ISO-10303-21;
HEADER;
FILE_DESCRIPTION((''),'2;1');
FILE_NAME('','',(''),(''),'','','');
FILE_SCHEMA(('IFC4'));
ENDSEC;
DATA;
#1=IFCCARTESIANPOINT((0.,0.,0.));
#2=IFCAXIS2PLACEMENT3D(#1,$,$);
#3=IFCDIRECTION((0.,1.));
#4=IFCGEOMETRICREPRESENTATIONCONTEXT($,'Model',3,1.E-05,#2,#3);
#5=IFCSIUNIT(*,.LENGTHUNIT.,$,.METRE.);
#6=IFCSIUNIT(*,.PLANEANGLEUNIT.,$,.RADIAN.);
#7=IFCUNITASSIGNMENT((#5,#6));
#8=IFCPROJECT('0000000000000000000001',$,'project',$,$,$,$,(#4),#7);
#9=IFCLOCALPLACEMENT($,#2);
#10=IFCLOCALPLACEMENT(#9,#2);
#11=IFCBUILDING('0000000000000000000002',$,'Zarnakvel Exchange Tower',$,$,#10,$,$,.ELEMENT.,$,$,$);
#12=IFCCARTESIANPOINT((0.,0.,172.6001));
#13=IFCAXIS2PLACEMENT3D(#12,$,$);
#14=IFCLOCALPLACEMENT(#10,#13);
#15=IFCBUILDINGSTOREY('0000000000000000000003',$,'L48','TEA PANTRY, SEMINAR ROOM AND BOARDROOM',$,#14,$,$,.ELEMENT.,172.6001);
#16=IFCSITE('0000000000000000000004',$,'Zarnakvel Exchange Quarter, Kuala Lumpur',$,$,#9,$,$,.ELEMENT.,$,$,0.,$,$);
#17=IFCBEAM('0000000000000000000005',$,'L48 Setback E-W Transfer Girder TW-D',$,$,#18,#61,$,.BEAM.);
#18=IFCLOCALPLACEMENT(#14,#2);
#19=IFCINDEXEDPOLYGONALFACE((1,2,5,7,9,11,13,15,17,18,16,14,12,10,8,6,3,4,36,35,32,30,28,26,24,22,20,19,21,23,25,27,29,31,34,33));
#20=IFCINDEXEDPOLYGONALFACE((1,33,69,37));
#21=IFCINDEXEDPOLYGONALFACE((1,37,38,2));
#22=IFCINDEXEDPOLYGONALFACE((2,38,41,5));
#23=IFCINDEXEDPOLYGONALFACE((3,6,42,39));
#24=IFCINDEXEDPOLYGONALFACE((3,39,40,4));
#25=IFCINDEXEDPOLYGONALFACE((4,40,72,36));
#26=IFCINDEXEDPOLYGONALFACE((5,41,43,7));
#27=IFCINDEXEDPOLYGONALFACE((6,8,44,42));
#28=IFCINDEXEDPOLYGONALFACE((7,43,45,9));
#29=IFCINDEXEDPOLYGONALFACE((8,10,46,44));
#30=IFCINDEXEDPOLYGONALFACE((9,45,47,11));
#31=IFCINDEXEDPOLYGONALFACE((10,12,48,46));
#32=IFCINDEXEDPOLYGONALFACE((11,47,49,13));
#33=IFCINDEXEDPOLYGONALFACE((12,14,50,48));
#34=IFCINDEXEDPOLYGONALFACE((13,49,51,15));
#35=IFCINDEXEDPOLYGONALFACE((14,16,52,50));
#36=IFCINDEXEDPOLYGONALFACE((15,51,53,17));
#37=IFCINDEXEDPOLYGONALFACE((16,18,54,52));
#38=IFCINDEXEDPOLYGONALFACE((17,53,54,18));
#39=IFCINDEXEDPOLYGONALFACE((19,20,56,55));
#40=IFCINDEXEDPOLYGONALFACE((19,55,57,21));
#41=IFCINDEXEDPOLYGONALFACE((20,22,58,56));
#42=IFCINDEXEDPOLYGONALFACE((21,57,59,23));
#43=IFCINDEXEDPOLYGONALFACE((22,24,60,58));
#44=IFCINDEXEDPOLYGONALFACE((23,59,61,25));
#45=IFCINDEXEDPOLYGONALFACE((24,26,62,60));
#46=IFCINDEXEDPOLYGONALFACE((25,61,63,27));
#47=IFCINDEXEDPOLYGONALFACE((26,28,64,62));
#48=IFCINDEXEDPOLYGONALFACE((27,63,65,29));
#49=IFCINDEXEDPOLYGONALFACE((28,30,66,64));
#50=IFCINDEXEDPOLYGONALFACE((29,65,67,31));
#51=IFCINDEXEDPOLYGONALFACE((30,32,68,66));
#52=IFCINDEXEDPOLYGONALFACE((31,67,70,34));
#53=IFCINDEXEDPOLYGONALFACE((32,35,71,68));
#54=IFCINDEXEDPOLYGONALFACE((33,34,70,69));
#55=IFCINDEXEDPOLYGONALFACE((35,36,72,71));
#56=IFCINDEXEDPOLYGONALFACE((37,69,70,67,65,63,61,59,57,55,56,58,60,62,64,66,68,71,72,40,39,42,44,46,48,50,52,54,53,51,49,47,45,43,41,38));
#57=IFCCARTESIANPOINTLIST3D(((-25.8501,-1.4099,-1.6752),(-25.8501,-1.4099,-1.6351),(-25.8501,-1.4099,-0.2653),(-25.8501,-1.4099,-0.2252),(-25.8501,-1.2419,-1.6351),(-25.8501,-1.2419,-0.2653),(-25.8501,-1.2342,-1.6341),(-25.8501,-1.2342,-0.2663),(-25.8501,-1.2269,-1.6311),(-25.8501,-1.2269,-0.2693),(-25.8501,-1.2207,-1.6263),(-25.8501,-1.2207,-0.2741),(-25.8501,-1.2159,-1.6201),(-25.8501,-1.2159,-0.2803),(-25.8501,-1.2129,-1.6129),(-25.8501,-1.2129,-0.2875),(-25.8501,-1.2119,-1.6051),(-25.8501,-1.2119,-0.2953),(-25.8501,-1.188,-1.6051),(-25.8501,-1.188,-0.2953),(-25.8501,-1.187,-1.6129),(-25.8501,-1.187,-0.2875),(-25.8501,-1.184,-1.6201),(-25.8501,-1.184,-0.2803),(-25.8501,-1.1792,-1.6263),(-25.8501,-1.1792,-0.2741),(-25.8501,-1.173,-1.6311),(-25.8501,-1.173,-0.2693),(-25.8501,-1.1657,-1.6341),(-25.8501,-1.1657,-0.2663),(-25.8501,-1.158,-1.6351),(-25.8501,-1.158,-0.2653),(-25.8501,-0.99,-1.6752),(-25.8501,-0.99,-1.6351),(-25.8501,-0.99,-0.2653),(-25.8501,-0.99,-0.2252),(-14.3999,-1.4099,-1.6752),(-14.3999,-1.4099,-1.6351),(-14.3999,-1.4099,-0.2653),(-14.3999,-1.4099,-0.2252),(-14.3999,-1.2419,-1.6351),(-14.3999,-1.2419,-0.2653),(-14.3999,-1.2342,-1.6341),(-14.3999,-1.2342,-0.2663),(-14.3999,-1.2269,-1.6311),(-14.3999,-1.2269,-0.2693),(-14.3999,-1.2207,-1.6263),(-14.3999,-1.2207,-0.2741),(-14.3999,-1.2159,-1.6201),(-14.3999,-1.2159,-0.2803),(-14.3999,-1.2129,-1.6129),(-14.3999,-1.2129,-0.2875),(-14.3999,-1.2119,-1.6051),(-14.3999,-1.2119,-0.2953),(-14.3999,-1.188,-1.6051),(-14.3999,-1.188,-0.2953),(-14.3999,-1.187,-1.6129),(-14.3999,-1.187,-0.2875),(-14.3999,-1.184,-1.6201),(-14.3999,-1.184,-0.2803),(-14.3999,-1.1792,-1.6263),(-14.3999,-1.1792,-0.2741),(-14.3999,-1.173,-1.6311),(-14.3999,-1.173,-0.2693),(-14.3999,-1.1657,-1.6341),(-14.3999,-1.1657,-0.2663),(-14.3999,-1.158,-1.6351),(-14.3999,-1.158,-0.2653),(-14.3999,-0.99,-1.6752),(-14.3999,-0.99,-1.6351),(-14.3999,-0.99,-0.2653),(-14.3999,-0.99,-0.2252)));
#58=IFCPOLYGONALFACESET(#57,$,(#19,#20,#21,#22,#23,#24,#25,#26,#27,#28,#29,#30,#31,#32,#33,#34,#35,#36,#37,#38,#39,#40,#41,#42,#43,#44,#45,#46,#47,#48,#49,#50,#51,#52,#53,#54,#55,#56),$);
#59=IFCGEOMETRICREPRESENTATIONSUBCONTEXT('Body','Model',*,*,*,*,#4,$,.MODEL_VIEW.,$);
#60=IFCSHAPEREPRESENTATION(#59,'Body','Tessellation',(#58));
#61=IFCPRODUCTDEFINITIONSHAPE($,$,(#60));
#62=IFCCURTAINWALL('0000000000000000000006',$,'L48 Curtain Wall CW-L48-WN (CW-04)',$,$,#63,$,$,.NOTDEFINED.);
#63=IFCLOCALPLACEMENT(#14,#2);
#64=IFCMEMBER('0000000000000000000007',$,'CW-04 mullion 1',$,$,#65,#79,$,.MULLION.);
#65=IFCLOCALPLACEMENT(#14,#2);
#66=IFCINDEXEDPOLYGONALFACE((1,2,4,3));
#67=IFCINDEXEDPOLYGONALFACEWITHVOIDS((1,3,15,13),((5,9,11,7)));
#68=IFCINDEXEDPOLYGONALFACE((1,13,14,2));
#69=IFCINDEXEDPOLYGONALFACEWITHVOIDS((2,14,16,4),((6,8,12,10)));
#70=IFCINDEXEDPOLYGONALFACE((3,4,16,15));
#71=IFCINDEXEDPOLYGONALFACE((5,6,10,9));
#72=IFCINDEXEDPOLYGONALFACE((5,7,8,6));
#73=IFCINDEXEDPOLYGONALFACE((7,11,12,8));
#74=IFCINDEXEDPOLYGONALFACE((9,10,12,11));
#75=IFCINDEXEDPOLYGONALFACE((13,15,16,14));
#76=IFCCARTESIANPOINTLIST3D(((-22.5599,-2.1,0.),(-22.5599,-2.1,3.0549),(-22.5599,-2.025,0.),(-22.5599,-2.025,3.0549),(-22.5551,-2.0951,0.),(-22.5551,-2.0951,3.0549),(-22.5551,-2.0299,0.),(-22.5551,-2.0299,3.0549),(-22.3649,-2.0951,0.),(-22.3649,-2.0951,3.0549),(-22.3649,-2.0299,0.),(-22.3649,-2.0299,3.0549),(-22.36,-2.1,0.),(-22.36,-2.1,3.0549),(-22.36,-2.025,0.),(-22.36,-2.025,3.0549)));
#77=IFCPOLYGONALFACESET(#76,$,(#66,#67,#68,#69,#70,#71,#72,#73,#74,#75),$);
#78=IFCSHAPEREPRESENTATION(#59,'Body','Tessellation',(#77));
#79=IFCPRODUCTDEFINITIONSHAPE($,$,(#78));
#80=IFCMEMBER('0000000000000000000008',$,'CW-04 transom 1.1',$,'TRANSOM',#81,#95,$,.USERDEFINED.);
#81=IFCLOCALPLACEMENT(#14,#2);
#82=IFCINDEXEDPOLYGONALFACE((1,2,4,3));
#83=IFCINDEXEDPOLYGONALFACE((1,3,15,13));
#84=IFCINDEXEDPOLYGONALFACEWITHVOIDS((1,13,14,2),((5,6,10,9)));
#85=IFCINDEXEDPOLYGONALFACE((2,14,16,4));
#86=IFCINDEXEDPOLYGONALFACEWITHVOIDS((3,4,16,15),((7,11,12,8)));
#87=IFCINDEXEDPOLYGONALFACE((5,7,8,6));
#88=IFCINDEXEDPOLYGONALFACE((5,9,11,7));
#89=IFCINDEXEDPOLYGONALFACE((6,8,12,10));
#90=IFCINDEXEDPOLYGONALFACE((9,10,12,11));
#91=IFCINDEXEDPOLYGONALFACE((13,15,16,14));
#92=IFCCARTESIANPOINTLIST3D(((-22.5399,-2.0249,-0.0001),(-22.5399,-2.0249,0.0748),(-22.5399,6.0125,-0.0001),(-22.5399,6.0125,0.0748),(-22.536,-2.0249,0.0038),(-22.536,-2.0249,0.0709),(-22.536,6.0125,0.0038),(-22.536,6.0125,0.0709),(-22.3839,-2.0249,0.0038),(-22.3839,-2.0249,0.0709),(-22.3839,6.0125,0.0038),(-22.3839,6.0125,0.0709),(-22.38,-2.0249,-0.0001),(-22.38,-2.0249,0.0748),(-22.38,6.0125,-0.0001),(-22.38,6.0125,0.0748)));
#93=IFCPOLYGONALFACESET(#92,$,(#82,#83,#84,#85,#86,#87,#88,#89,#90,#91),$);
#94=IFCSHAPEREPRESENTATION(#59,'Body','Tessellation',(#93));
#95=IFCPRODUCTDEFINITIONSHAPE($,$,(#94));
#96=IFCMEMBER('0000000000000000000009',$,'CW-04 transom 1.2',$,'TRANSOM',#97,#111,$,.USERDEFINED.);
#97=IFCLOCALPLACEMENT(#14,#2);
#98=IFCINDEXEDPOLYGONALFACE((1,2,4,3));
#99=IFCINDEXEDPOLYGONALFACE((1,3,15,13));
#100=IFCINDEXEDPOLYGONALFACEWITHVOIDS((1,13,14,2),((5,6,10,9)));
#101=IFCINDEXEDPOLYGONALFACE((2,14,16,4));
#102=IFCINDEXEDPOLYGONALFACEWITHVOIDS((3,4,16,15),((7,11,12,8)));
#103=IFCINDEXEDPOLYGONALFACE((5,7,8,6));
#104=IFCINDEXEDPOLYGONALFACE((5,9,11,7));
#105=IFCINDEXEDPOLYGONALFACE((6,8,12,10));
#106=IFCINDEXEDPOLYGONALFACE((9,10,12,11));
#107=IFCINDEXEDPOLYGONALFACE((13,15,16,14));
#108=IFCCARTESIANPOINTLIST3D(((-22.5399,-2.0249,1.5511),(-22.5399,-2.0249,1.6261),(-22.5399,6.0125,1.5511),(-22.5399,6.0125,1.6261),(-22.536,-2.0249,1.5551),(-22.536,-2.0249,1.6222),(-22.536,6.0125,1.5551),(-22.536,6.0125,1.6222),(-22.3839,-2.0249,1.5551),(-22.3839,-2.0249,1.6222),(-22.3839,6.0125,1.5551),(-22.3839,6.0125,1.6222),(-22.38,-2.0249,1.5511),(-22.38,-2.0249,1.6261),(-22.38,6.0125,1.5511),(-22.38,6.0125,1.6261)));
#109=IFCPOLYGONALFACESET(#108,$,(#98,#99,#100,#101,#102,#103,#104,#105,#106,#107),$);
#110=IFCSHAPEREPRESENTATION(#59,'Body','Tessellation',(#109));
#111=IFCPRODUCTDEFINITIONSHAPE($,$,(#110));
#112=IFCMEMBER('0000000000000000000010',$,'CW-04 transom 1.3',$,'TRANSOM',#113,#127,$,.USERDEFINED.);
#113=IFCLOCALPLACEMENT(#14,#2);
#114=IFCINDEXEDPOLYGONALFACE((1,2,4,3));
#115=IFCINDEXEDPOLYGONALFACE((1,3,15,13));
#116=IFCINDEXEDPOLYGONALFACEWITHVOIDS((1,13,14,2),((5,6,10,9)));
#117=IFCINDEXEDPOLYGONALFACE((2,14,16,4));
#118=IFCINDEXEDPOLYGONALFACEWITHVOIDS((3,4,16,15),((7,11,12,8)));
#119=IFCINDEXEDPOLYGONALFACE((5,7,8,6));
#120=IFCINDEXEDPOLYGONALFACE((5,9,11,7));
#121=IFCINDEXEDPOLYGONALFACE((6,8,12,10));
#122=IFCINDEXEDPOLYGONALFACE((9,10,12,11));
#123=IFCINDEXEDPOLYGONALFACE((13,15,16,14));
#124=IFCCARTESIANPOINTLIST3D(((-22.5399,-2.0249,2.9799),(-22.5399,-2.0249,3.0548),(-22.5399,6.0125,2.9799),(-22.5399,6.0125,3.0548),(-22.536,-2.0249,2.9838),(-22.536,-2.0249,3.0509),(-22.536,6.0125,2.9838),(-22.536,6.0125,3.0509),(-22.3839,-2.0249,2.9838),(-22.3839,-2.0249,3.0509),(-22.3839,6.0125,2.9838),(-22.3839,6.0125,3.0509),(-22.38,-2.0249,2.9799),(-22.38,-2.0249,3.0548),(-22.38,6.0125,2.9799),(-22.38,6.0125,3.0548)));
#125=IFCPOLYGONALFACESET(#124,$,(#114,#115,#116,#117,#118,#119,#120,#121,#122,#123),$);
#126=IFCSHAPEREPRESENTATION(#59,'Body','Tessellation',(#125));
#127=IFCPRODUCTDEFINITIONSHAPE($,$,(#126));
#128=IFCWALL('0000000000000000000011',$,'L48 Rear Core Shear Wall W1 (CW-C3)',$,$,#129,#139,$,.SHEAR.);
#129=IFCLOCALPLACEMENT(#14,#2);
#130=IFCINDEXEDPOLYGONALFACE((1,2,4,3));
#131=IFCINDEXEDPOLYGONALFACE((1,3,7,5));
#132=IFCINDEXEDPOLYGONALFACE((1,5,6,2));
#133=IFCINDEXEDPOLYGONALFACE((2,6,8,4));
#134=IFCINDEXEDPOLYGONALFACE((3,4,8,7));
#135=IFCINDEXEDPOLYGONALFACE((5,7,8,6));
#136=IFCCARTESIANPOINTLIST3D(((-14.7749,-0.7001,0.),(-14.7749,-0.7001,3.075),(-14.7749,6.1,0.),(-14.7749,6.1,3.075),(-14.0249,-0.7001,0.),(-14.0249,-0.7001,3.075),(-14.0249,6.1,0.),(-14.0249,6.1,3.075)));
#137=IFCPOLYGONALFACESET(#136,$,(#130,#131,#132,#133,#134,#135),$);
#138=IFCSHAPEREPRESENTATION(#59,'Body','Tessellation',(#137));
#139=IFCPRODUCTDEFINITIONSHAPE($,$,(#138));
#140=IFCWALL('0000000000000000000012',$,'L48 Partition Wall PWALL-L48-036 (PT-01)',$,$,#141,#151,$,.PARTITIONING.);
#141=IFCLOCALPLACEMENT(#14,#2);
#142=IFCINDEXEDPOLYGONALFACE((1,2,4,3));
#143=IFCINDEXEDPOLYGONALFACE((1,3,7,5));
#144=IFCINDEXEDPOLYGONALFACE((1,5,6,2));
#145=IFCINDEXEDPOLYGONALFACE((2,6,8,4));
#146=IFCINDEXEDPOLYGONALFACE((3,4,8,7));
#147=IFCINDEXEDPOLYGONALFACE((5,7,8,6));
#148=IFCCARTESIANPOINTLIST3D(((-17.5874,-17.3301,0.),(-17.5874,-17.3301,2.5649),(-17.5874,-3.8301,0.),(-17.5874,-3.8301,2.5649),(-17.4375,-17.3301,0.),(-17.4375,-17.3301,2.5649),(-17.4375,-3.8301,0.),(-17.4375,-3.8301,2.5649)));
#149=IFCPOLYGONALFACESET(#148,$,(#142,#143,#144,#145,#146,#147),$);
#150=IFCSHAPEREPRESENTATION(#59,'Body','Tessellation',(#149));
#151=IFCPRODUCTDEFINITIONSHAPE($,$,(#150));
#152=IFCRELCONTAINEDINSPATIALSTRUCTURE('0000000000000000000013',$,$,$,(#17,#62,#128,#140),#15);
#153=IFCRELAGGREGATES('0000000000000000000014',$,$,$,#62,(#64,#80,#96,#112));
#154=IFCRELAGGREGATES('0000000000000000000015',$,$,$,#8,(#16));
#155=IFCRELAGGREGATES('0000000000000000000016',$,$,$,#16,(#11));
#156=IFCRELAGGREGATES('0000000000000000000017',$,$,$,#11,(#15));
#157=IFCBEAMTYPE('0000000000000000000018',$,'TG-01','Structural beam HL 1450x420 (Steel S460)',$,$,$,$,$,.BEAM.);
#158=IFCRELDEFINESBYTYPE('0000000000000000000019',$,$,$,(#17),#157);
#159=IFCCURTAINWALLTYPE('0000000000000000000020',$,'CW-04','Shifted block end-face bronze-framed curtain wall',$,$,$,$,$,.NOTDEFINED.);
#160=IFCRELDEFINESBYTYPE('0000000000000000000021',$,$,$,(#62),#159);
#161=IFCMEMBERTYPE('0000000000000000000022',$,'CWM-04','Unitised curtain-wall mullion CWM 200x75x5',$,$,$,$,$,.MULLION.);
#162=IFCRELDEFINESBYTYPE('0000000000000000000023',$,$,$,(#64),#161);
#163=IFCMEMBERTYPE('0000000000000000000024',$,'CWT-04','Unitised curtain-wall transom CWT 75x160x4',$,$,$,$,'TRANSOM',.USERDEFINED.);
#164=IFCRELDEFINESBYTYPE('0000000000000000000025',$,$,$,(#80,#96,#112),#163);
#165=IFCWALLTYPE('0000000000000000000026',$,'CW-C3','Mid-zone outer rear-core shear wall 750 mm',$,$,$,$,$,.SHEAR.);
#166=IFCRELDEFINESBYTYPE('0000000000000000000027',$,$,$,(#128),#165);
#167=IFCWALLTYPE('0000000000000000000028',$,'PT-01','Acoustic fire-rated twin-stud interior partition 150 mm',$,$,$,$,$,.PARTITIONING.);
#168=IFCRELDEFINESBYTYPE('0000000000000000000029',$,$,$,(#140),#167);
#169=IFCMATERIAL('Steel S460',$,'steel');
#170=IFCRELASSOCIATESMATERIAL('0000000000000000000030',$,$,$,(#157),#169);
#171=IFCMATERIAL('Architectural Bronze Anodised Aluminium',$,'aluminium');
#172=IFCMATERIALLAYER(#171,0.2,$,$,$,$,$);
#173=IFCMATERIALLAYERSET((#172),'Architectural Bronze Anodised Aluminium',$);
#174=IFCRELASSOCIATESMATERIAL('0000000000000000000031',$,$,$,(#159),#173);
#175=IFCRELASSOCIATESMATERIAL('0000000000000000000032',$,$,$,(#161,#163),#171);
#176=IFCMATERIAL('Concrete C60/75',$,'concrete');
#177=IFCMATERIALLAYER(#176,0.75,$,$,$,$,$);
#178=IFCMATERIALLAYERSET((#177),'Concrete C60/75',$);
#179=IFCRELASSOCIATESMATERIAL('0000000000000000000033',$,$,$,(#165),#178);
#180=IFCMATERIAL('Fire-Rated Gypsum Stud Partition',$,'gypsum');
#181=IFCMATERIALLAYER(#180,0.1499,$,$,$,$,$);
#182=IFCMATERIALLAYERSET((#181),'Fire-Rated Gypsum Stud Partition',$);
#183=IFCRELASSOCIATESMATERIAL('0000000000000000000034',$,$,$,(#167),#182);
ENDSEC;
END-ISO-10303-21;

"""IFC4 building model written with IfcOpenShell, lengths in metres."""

from ifc_helpers import new_model, si_unit, direction, frame, frame_2d, origin, origin_2d, place, context, subcontext, project, spatial, rectangle, hollow_rectangle, i_section, extrude, source, transform, mapped, material, layer, layer_set, material_profile, profile_set, type_object, element, aggregate, save


model = new_model("IFC4")

# Units and contexts
model_context = context("Model", 3, precision=1e-05, world=origin(), true_north=direction((0.0, 1.0)))
body_context = subcontext(model_context, "Body", "Model", "MODEL_VIEW")
ifc_project = project(units=[si_unit("LENGTHUNIT", "METRE"), si_unit("PLANEANGLEUNIT", "RADIAN")], contexts=[model_context])

# Site, building, storey
site_placement = place(None, origin())
site = spatial("IfcSite", under=ifc_project, at=site_placement, Name="Zarnakvel Exchange Quarter, Kuala Lumpur", CompositionType="ELEMENT", RefElevation=0.0)
building_placement = place(site_placement, origin())
building = spatial("IfcBuilding", under=site, at=building_placement, Name="Zarnakvel Exchange Tower", CompositionType="ELEMENT")
storey_placement = place(building_placement, frame((0.0, 0.0, 172.6001)))
storey = spatial("IfcBuildingStorey", under=building, at=storey_placement, Name="L48", Description="TEA PANTRY, SEMINAR ROOM AND BOARDROOM", CompositionType="ELEMENT", Elevation=172.6001)

# Shared definitions
ifc_material_1 = material(Name="Concrete C60/75", Category="concrete")

# Beam
ifc_material_2 = material(Name="Steel S460", Category="steel")
ifc_material_profile_1 = material_profile(ifc_material_2, i_section(OverallWidth=0.4199, OverallDepth=1.45, WebThickness=0.0239, FlangeThickness=0.04, FilletRadius=0.03, at=origin_2d()))
ifc_profile_set_1 = profile_set([ifc_material_profile_1], Name="Steel S460")
beam_type_1 = type_object("IfcBeamType", Name="TG-01", Description="Structural beam HL 1450x420 (Steel S460)", PredefinedType="BEAM", material=ifc_profile_set_1)
beam_1_placement = place(storey_placement, frame((-25.8501, -1.2, -0.9502), z_axis=(1.0, 0.0, 0.0), x_axis=(0.0, 1.0, 0.0)))
element("IfcBeam", 1, at=beam_1_placement, inside=storey, type_object=beam_type_1, Name="L48 Setback E-W Transfer Girder TW-D", PredefinedType="BEAM", context=body_context, shape_type="SweptSolid", body=[
    extrude(i_section(OverallWidth=0.4199, OverallDepth=1.45, WebThickness=0.0239, FlangeThickness=0.04, FilletRadius=0.03, at=origin_2d()), origin(), (0.0, 0.0, 1.0), 11.4502),
])

# Curtain wall, members
ifc_material_3 = material(Name="Architectural Bronze Anodised Aluminium", Category="aluminium")
ifc_layer_1 = layer(ifc_material_3, 0.2)
ifc_layer_set_1 = layer_set([ifc_layer_1], Name="Architectural Bronze Anodised Aluminium")
curtain_wall_type = type_object("IfcCurtainWallType", Name="CW-04", Description="Shifted block end-face bronze-framed curtain wall", PredefinedType="NOTDEFINED", material=ifc_layer_set_1)
curtain_wall_placement = place(storey_placement, origin())
curtain_wall = element("IfcCurtainWall", 2, at=curtain_wall_placement, inside=storey, type_object=curtain_wall_type, Name="L48 Curtain Wall CW-L48-WN (CW-04)", PredefinedType="NOTDEFINED")
ifc_material_profile_2 = material_profile(ifc_material_3, hollow_rectangle(XDim=0.2, YDim=0.075, WallThickness=0.0049, at=origin_2d()))
ifc_profile_set_2 = profile_set([ifc_material_profile_2], Name="Architectural Bronze Anodised Aluminium")
member_type_1 = type_object("IfcMemberType", Name="CWM-04", Description="Unitised curtain-wall mullion CWM 200x75x5", PredefinedType="MULLION", material=ifc_profile_set_2)
shared_shape_1 = source(origin(), body_context, "Body", "SweptSolid", [
    extrude(hollow_rectangle(XDim=0.2, YDim=0.075, WallThickness=0.0049, at=origin_2d()), origin(), (0.0, 0.0, 1.0), 3.0549),
])
member_1_placement = place(storey_placement, frame((-22.46, -2.0625, 0.0), z_axis=(0.0, 0.0, 1.0), x_axis=(-1.0, 0.0, 0.0)))
member_1 = element("IfcMember", 3, at=member_1_placement, type_object=member_type_1, Name="CW-04 mullion 1", PredefinedType="MULLION", context=body_context, shape_type="MappedRepresentation", body=[
    mapped(shared_shape_1, transform((0.0, 0.0, 0.0), x_axis=(1.0, 0.0, 0.0), y_axis=(0.0, 1.0, 0.0), z_axis=(0.0, 0.0, 1.0), scale=1.0)),
])
ifc_material_profile_3 = material_profile(ifc_material_3, hollow_rectangle(XDim=0.1599, YDim=0.075, WallThickness=0.0039, at=origin_2d()))
ifc_profile_set_3 = profile_set([ifc_material_profile_3], Name="Architectural Bronze Anodised Aluminium")
member_type_2 = type_object("IfcMemberType", Name="CWT-04", Description="Unitised curtain-wall transom CWT 75x160x4", ElementType="TRANSOM", PredefinedType="USERDEFINED", material=ifc_profile_set_3)
shared_shape_2 = source(origin(), body_context, "Body", "SweptSolid", [
    extrude(hollow_rectangle(XDim=0.1599, YDim=0.075, WallThickness=0.0039, at=origin_2d()), origin(), (0.0, 0.0, 1.0), 8.0374),
])
member_2_placement = place(storey_placement, frame((-22.46, -2.0249, 0.0374), z_axis=(0.0, 1.0, 0.0), x_axis=(-1.0, 0.0, 0.0)))
member_2 = element("IfcMember", 4, at=member_2_placement, type_object=member_type_2, Name="CW-04 transom 1.1", ObjectType="TRANSOM", PredefinedType="USERDEFINED", context=body_context, shape_type="MappedRepresentation", body=[
    mapped(shared_shape_2, transform((0.0, 0.0, 0.0), x_axis=(1.0, 0.0, 0.0), y_axis=(0.0, 1.0, 0.0), z_axis=(0.0, 0.0, 1.0), scale=1.0)),
])
member_3_placement = place(storey_placement, frame((-22.46, -2.0249, 1.5886), z_axis=(0.0, 1.0, 0.0), x_axis=(-1.0, 0.0, 0.0)))
member_3 = element("IfcMember", 5, at=member_3_placement, type_object=member_type_2, Name="CW-04 transom 1.2", ObjectType="TRANSOM", PredefinedType="USERDEFINED", context=body_context, shape_type="MappedRepresentation", body=[
    mapped(shared_shape_2, transform((0.0, 0.0, 0.0), x_axis=(1.0, 0.0, 0.0), y_axis=(0.0, 1.0, 0.0), z_axis=(0.0, 0.0, 1.0), scale=1.0)),
])
member_4_placement = place(storey_placement, frame((-22.46, -2.0249, 3.0173), z_axis=(0.0, 1.0, 0.0), x_axis=(-1.0, 0.0, 0.0)))
member_4 = element("IfcMember", 6, at=member_4_placement, type_object=member_type_2, Name="CW-04 transom 1.3", ObjectType="TRANSOM", PredefinedType="USERDEFINED", context=body_context, shape_type="MappedRepresentation", body=[
    mapped(shared_shape_2, transform((0.0, 0.0, 0.0), x_axis=(1.0, 0.0, 0.0), y_axis=(0.0, 1.0, 0.0), z_axis=(0.0, 0.0, 1.0), scale=1.0)),
])
aggregate(curtain_wall, [member_1, member_2, member_3, member_4])

# Wall
ifc_layer_2 = layer(ifc_material_1, 0.75)
ifc_layer_set_2 = layer_set([ifc_layer_2], Name="Concrete C60/75")
wall_type_1 = type_object("IfcWallType", Name="CW-C3", Description="Mid-zone outer rear-core shear wall 750 mm", PredefinedType="SHEAR", material=ifc_layer_set_2)
wall_1_placement = place(storey_placement, frame((-14.3999, -0.7, 0.0), z_axis=(0.0, 0.0, 1.0), x_axis=(0.0, 1.0, 0.0)))
element("IfcWall", 7, at=wall_1_placement, inside=storey, type_object=wall_type_1, Name="L48 Rear Core Shear Wall W1 (CW-C3)", PredefinedType="SHEAR", context=body_context, shape_type="SweptSolid", body=[
    extrude(rectangle(XDim=6.8, YDim=0.75, at=frame_2d((3.3999, 0.0))), origin(), (0.0, 0.0, 1.0), 3.075),
])

# Shared definitions
ifc_material_4 = material(Name="Fire-Rated Gypsum Stud Partition", Category="gypsum")
ifc_layer_3 = layer(ifc_material_4, 0.1499)
ifc_layer_set_3 = layer_set([ifc_layer_3], Name="Fire-Rated Gypsum Stud Partition")
wall_type_2 = type_object("IfcWallType", Name="PT-01", Description="Acoustic fire-rated twin-stud interior partition 150 mm", PredefinedType="PARTITIONING", material=ifc_layer_set_3)

# Wall
wall_2_placement = place(storey_placement, frame((-17.5125, -3.8301, 0.0), z_axis=(0.0, 0.0, 1.0), x_axis=(0.0, -1.0, 0.0)))
element("IfcWall", 8, at=wall_2_placement, inside=storey, type_object=wall_type_2, Name="L48 Partition Wall PWALL-L48-036 (PT-01)", PredefinedType="PARTITIONING", context=body_context, shape_type="SweptSolid", body=[
    extrude(rectangle(XDim=13.5, YDim=0.1499, at=frame_2d((6.75, 0.0))), origin(), (0.0, 0.0, 1.0), 2.5649),
])

save(model, "model.ifc")
